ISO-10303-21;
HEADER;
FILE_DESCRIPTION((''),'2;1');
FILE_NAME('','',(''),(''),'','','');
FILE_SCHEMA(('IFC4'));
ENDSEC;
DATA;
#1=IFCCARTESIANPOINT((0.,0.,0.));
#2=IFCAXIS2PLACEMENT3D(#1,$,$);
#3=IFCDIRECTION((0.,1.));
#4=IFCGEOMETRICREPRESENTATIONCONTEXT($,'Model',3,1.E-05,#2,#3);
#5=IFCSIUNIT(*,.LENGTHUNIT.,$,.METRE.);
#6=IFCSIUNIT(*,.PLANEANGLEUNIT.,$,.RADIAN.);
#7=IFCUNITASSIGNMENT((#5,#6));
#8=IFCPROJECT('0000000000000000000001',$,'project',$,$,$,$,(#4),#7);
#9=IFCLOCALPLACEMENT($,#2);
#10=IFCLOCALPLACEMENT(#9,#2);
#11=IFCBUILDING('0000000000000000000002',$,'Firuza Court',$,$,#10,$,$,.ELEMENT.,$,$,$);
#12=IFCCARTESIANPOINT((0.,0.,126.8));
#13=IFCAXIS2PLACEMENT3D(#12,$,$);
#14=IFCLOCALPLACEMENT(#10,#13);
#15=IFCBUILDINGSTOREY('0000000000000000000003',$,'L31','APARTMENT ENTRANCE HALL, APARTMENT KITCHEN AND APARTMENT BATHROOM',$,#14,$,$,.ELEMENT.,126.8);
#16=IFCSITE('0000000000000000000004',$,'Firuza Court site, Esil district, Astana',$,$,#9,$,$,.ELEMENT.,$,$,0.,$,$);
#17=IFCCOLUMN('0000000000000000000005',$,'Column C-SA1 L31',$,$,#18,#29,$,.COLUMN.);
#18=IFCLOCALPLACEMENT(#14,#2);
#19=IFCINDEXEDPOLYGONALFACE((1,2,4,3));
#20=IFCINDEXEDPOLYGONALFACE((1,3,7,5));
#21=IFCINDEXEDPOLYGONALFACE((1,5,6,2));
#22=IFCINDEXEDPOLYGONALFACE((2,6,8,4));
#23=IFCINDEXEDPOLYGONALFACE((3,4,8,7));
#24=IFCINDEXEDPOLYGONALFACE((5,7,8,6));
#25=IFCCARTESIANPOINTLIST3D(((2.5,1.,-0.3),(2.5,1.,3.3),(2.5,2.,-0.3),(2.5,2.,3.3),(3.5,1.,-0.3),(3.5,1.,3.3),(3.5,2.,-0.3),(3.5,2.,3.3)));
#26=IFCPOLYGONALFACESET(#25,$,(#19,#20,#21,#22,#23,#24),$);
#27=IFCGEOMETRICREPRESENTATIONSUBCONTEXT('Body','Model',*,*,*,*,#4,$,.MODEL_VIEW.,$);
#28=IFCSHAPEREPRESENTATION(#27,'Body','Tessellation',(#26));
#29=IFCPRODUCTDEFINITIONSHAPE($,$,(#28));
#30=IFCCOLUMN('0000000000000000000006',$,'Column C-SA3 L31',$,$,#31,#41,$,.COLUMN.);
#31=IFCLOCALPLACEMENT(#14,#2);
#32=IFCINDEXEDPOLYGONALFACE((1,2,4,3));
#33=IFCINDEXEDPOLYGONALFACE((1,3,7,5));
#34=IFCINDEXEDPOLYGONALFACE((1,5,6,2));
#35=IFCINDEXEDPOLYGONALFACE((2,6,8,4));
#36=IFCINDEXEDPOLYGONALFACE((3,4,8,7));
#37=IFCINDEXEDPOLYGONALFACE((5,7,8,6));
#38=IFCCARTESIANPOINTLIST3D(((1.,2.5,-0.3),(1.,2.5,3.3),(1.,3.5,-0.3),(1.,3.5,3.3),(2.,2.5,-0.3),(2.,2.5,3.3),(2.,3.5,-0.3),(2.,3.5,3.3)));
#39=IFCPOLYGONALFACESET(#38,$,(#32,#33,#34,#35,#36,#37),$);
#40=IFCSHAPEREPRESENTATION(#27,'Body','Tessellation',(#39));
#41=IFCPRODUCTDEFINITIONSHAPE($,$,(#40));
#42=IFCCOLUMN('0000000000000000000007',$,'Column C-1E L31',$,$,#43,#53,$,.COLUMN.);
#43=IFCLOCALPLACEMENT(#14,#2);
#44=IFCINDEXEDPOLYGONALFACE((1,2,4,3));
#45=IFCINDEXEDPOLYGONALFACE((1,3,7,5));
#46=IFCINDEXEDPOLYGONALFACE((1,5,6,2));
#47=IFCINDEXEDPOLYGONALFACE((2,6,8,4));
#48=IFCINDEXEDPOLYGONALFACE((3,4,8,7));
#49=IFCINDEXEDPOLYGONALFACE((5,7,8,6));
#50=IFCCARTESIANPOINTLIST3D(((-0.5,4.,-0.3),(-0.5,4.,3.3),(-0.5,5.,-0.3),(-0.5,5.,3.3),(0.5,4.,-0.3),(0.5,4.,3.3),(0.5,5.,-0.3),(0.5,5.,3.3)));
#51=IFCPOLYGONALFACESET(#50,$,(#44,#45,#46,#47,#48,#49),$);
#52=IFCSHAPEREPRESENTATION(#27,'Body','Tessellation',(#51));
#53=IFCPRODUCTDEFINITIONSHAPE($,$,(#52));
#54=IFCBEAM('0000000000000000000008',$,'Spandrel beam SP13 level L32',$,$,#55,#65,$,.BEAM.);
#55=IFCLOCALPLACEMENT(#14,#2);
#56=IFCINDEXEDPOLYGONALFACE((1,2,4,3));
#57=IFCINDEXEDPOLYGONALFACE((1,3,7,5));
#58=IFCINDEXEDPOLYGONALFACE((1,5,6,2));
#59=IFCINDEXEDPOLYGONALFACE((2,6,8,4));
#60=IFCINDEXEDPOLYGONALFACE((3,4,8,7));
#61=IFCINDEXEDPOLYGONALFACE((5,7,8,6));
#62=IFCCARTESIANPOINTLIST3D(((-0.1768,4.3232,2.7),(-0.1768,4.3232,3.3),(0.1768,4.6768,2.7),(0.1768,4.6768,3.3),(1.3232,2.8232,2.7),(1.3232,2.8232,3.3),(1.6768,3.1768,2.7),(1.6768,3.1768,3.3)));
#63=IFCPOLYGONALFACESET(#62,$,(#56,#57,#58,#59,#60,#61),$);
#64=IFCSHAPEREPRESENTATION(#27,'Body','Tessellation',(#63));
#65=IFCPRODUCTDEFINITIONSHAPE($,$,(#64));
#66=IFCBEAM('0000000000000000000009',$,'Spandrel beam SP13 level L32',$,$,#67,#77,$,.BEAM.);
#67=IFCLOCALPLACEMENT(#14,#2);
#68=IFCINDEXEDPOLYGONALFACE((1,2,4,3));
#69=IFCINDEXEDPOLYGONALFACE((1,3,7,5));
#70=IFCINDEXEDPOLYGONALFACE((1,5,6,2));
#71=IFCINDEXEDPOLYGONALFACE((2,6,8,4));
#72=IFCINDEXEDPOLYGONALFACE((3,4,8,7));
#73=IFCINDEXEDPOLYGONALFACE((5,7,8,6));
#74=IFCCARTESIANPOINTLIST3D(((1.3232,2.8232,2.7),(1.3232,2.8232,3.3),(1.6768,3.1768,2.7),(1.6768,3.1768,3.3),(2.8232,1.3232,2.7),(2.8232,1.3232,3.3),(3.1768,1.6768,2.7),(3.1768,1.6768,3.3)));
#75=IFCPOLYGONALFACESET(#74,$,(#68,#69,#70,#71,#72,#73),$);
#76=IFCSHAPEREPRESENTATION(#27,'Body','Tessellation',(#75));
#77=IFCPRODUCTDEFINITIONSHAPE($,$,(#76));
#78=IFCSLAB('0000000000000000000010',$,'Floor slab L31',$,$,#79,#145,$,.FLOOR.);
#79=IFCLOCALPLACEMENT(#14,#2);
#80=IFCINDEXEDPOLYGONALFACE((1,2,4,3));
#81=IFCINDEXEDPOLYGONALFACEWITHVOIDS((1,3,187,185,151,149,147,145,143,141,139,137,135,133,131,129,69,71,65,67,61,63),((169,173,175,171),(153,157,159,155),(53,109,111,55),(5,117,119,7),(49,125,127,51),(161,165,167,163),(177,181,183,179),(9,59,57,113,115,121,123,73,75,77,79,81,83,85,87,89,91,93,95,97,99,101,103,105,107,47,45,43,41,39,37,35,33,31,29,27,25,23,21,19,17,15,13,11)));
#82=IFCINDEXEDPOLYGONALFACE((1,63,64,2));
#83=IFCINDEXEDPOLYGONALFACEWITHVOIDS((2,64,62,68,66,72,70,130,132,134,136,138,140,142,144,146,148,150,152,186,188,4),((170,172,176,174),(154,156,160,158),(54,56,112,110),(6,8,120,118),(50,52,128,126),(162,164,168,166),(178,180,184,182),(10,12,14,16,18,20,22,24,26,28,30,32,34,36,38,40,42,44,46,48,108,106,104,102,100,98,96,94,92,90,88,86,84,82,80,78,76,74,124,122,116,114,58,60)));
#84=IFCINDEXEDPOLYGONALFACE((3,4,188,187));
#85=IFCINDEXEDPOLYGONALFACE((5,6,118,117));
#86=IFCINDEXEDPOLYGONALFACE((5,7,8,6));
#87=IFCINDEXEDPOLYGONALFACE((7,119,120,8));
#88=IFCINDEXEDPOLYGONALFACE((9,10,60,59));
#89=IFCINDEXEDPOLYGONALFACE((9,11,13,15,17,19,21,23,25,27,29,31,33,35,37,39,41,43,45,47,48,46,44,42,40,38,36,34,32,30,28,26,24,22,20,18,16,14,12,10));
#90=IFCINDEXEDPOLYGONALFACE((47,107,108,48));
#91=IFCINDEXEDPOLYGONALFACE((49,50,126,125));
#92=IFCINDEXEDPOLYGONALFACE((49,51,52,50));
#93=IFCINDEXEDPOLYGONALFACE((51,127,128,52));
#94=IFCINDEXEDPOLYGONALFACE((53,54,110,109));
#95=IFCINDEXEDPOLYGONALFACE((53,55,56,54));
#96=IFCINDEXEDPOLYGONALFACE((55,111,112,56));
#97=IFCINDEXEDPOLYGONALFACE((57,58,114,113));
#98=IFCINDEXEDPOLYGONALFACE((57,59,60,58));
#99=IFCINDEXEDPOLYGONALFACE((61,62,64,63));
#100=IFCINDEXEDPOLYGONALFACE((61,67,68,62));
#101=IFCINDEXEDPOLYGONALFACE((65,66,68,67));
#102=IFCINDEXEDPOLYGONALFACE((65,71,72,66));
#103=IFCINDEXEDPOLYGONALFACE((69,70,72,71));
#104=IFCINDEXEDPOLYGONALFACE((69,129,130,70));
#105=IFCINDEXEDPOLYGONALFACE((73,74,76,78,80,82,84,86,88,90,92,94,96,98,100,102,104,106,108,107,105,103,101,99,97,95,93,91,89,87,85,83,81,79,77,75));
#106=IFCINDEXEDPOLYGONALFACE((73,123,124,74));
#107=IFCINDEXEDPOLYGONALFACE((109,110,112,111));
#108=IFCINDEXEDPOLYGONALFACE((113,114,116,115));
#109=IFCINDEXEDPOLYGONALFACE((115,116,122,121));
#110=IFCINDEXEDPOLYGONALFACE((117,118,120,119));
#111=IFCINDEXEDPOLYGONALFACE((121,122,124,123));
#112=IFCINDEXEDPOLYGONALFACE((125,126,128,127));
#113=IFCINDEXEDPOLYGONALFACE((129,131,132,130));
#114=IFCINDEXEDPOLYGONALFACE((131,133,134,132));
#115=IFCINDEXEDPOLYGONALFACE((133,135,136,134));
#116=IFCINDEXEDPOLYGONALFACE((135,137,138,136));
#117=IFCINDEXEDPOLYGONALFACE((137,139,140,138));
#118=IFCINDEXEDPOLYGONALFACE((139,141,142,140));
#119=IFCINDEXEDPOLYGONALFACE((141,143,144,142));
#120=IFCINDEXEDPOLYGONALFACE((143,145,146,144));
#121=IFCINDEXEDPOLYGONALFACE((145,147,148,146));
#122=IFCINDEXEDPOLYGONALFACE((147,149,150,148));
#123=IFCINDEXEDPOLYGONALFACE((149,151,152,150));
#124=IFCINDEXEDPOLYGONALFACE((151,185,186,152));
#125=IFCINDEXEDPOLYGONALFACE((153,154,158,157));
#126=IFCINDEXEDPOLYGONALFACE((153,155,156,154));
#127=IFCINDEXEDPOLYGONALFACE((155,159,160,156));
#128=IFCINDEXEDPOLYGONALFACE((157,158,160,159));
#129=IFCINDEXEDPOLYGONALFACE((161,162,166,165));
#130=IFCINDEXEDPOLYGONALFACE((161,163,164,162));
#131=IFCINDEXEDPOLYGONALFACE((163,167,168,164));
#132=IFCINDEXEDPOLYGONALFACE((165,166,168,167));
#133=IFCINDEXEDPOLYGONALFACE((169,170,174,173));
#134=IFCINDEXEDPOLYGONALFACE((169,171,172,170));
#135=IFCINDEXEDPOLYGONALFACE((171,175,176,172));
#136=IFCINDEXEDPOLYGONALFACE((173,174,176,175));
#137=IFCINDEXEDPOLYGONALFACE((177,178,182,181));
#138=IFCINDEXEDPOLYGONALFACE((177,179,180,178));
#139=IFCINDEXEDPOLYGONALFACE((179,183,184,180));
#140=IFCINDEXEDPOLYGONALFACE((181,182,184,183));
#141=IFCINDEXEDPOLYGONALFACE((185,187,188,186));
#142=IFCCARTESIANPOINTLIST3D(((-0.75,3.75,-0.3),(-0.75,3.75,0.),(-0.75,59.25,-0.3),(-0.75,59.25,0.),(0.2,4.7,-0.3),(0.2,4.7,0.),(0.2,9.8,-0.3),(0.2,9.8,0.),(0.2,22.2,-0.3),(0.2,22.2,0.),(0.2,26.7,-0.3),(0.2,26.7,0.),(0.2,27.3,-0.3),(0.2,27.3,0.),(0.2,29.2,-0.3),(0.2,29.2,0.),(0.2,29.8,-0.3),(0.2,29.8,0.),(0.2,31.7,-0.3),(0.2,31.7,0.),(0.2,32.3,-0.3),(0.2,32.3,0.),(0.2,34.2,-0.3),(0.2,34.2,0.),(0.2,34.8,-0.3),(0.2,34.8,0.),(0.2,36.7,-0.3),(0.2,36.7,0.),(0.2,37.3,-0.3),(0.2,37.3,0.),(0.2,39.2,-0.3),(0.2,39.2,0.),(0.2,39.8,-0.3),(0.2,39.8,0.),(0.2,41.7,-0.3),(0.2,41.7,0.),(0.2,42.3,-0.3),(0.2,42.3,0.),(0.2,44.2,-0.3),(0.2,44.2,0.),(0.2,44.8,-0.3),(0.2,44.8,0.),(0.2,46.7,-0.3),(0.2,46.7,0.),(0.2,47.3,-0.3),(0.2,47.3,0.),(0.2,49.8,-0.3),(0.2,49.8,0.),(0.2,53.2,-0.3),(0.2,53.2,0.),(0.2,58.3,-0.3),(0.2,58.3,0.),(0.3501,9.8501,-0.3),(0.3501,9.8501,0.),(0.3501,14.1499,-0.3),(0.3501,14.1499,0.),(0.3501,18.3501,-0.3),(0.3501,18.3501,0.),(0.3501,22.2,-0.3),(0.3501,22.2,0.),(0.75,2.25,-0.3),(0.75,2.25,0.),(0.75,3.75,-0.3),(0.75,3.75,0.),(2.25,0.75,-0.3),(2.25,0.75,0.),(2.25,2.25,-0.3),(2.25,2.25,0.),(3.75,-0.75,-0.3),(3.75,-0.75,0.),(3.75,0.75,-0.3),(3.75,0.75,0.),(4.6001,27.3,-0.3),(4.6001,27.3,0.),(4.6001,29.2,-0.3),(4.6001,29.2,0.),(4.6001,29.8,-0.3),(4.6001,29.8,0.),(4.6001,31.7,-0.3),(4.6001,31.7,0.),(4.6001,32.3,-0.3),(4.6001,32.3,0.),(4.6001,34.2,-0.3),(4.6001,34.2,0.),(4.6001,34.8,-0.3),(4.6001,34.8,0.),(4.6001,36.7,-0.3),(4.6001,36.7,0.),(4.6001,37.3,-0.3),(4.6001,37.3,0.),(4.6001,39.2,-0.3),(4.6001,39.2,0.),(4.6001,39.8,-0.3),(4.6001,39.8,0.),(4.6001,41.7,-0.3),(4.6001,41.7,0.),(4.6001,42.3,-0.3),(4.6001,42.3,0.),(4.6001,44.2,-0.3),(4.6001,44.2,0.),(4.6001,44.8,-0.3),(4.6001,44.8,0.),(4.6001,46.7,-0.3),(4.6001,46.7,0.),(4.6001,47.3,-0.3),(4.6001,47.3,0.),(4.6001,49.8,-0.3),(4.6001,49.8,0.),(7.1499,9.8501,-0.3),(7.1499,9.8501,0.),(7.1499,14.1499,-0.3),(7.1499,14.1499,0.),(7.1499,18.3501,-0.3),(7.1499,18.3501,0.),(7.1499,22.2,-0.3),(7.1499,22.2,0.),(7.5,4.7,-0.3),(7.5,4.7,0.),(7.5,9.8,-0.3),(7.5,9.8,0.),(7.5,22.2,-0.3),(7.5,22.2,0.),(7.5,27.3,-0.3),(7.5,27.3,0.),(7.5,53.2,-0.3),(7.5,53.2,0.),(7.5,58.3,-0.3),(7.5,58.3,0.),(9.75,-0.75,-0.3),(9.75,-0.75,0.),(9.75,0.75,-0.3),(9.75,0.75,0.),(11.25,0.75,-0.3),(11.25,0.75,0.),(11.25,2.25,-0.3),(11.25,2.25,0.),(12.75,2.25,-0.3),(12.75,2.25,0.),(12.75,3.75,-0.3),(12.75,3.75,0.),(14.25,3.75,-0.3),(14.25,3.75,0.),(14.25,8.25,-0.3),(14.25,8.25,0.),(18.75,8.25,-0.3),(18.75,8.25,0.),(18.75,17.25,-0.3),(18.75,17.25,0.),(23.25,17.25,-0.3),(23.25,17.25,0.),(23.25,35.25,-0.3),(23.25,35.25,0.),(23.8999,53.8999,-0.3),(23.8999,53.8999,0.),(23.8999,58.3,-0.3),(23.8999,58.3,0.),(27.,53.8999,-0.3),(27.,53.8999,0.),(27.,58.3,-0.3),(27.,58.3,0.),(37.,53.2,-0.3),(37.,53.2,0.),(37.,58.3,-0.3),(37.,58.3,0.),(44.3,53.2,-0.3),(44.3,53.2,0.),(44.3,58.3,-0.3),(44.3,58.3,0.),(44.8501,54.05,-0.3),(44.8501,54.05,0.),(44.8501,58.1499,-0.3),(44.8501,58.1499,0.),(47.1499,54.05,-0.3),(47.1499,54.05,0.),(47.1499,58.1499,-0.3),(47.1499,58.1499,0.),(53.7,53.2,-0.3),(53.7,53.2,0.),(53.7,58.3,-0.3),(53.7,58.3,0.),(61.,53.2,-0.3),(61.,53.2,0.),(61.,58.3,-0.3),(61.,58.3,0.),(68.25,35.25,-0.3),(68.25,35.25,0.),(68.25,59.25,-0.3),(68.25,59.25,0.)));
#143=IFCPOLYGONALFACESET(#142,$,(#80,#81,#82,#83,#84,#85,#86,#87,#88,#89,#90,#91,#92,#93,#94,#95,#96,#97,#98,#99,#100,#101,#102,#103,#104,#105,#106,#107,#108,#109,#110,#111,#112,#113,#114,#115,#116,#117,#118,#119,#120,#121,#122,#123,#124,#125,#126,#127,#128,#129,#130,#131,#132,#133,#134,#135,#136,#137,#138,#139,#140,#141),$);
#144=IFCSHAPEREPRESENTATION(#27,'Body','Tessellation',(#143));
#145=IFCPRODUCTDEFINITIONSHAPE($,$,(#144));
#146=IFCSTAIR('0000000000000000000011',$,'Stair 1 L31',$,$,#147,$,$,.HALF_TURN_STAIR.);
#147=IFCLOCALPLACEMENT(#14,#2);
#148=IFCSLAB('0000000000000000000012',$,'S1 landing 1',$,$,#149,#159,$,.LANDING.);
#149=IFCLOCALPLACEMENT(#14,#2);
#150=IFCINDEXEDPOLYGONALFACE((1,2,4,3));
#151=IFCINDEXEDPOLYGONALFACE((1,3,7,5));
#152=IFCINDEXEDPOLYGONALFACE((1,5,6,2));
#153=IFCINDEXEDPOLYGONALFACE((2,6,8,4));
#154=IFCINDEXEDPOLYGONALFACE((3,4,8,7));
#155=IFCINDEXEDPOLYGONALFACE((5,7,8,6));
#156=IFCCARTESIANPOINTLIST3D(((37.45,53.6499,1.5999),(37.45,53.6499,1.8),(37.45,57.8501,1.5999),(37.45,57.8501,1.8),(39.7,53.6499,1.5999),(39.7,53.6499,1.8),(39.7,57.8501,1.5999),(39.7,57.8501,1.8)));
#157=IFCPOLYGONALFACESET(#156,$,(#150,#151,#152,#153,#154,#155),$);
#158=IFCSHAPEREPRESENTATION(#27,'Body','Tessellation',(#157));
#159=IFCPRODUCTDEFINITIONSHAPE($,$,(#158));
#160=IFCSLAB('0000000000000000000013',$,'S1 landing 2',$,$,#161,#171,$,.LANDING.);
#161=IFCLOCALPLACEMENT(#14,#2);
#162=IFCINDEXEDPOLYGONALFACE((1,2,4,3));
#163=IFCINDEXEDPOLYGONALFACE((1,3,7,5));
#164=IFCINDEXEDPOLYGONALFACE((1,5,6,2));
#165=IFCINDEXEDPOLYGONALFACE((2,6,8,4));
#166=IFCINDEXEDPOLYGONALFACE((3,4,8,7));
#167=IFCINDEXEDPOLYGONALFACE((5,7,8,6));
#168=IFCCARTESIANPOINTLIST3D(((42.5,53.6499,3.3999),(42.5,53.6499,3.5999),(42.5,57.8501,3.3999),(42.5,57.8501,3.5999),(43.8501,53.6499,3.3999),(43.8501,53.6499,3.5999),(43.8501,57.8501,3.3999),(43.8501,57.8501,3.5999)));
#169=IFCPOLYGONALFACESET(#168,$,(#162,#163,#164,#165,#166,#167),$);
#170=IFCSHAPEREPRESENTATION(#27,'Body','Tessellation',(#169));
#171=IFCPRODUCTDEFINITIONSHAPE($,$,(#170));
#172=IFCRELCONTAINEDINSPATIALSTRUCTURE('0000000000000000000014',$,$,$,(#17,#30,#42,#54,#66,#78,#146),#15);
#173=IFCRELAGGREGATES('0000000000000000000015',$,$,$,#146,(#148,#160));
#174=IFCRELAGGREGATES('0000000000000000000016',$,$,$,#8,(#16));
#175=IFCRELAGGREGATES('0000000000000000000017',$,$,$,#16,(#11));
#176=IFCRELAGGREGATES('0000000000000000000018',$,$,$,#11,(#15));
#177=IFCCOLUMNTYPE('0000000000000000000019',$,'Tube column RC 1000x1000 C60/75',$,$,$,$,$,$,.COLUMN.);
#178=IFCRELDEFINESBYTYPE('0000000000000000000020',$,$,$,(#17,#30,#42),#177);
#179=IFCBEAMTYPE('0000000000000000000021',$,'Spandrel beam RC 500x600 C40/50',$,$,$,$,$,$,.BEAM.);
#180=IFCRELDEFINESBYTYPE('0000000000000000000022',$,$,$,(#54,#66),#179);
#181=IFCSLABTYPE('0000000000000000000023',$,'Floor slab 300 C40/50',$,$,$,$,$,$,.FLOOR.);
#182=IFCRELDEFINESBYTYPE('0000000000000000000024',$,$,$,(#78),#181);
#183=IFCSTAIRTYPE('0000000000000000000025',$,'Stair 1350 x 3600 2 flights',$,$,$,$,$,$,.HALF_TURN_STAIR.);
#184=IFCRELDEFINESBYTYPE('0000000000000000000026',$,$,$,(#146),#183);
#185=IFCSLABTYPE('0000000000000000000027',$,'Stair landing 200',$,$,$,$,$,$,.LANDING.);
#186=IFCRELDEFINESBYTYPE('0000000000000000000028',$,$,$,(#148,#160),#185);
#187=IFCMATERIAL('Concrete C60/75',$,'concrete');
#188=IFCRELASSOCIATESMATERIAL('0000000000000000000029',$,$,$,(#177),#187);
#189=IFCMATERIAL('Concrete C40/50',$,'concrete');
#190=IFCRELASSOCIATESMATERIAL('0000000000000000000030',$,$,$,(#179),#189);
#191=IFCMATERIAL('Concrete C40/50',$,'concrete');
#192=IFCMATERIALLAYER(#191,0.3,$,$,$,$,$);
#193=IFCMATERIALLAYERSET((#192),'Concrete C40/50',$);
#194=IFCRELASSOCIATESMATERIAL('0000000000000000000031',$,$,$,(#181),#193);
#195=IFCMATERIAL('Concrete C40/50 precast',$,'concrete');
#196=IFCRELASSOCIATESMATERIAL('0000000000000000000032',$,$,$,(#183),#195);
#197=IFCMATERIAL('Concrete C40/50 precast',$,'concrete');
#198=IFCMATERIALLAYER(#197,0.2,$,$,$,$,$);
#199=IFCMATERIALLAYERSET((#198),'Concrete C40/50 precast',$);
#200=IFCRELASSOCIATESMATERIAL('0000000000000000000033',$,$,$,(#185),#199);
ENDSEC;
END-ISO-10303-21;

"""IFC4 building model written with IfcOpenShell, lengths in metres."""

from ifc_helpers import new_model, si_unit, direction, frame, origin, origin_2d, place, context, subcontext, project, spatial, polyline, rectangle, outline, extrude, material, layer, layer_set, material_profile, profile_set, type_object, element, aggregate, save


model = new_model("IFC4")

# Units and contexts
model_context = context("Model", 3, precision=1e-05, world=origin(), true_north=direction((0.0, 1.0)))
body_context = subcontext(model_context, "Body", "Model", "MODEL_VIEW")
ifc_project = project(units=[si_unit("LENGTHUNIT", "METRE"), si_unit("PLANEANGLEUNIT", "RADIAN")], contexts=[model_context])

# Site, building, storey
site_placement = place(None, origin())
site = spatial("IfcSite", under=ifc_project, at=site_placement, Name="Firuza Court site, Esil district, Astana", CompositionType="ELEMENT", RefElevation=0.0)
building_placement = place(site_placement, origin())
building = spatial("IfcBuilding", under=site, at=building_placement, Name="Firuza Court", CompositionType="ELEMENT")
storey_placement = place(building_placement, frame((0.0, 0.0, 126.8)))
storey = spatial("IfcBuildingStorey", under=building, at=storey_placement, Name="L31", Description="APARTMENT ENTRANCE HALL, APARTMENT KITCHEN AND APARTMENT BATHROOM", CompositionType="ELEMENT", Elevation=126.8)

# Columns
ifc_material_1 = material(Name="Concrete C60/75", Category="concrete")
ifc_material_profile_1 = material_profile(ifc_material_1, rectangle(XDim=1.0, YDim=1.0, at=origin_2d()), Name="RC 1000x1000")
ifc_profile_set_1 = profile_set([ifc_material_profile_1], Name="Concrete C60/75")
column_type = type_object("IfcColumnType", Name="Tube column RC 1000x1000 C60/75", PredefinedType="COLUMN", material=ifc_profile_set_1)
for number, where, z_axis, x_axis, name in (
    (1, (3.0, 1.5, -0.3), (0.0, 0.0, 1.0), (1.0, 0.0, 0.0), "Column C-SA1 L31"),
    (2, (1.5, 3.0, -0.3), (0.0, 0.0, 1.0), (1.0, 0.0, 0.0), "Column C-SA3 L31"),
    (3, (0.0, 4.5, -0.3), (0.0, 0.0, 1.0), (1.0, 0.0, 0.0), "Column C-1E L31"),
):
    element("IfcColumn", number, at=place(storey_placement, frame(where, z_axis=z_axis, x_axis=x_axis)), inside=storey, type_object=column_type, Name=name, PredefinedType="COLUMN", context=body_context, shape_type="SweptSolid", body=[
        extrude(rectangle(XDim=1.0, YDim=1.0, at=origin_2d()), origin(), (0.0, 0.0, 1.0), 3.6001),
    ])

# Beams
ifc_material_2 = material(Name="Concrete C40/50", Category="concrete")
ifc_material_profile_2 = material_profile(ifc_material_2, rectangle(XDim=0.5, YDim=0.6001, at=origin_2d()), Name="RC 500x600")
ifc_profile_set_2 = profile_set([ifc_material_profile_2], Name="Concrete C40/50")
beam_type = type_object("IfcBeamType", Name="Spandrel beam RC 500x600 C40/50", PredefinedType="BEAM", material=ifc_profile_set_2)
for number, where, z_axis, x_axis, name in (
    (4, (0.0, 4.5, 3.0), (0.707107, -0.707107, 0.0), (0.707107, 0.707107, 0.0), "Spandrel beam SP13 level L32"),
    (5, (1.5, 3.0, 3.0), (0.707107, -0.707107, 0.0), (0.707107, 0.707107, 0.0), "Spandrel beam SP13 level L32"),
):
    element("IfcBeam", number, at=place(storey_placement, frame(where, z_axis=z_axis, x_axis=x_axis)), inside=storey, type_object=beam_type, Name=name, PredefinedType="BEAM", context=body_context, shape_type="SweptSolid", body=[
        extrude(rectangle(XDim=0.5, YDim=0.6001, at=origin_2d()), origin(), (0.0, 0.0, 1.0), 2.1213),
    ])

# Slab
ifc_material_3 = material(Name="Concrete C40/50", Category="concrete")
ifc_layer_1 = layer(ifc_material_3, 0.3)
ifc_layer_set_1 = layer_set([ifc_layer_1], Name="Concrete C40/50")
slab_type_1 = type_object("IfcSlabType", Name="Floor slab 300 C40/50", PredefinedType="FLOOR", material=ifc_layer_set_1)
slab_1_placement = place(storey_placement, frame((0.0, 0.0, -0.3)))
element("IfcSlab", 6, at=slab_1_placement, inside=storey, type_object=slab_type_1, Name="Floor slab L31", PredefinedType="FLOOR", context=body_context, shape_type="SweptSolid", body=[
    extrude(outline(polyline([(3.75, -0.75), (3.75, 0.75), (2.25, 0.75), (2.25, 2.25), (0.75, 2.25), (0.75, 3.75), (-0.75, 3.75), (-0.75, 59.25), (68.25, 59.25), (68.25, 35.25), (23.25, 35.25), (23.25, 17.25), (18.75, 17.25), (18.75, 8.25), (14.25, 8.25), (14.25, 3.75), (12.75, 3.75), (12.75, 2.25), (11.25, 2.25), (11.25, 0.75), (9.75, 0.75), (9.75, -0.75), (3.75, -0.75)]), holes=[polyline([(0.2, 29.8), (0.2, 29.2), (0.2, 27.3), (0.2, 26.7), (0.2, 22.2), (0.3501, 22.2), (0.3501, 18.3501), (7.1499, 18.3501), (7.1499, 22.2), (7.5, 22.2), (7.5, 27.3), (4.6001, 27.3), (4.6001, 29.2), (4.6001, 29.8), (4.6001, 31.7), (4.6001, 32.3), (4.6001, 34.2), (4.6001, 34.8), (4.6001, 36.7), (4.6001, 37.3), (4.6001, 39.2), (4.6001, 39.8), (4.6001, 41.7), (4.6001, 42.3), (4.6001, 44.2), (4.6001, 44.8), (4.6001, 46.7), (4.6001, 47.3), (4.6001, 49.8), (0.2, 49.8), (0.2, 47.3), (0.2, 46.7), (0.2, 44.8), (0.2, 44.2), (0.2, 42.3), (0.2, 41.7), (0.2, 39.8), (0.2, 39.2), (0.2, 37.3), (0.2, 36.7), (0.2, 34.8), (0.2, 34.2), (0.2, 32.3), (0.2, 31.7), (0.2, 29.8)]), polyline([(7.5, 9.8), (0.2, 9.8), (0.2, 4.7), (7.5, 4.7), (7.5, 9.8)]), polyline([(7.1499, 14.1499), (0.3501, 14.1499), (0.3501, 9.8501), (7.1499, 9.8501), (7.1499, 14.1499)]), polyline([(7.5, 58.3), (0.2, 58.3), (0.2, 53.2), (7.5, 53.2), (7.5, 58.3)]), polyline([(44.3, 58.3), (37.0, 58.3), (37.0, 53.2), (44.3, 53.2), (44.3, 58.3)]), polyline([(61.0, 58.3), (53.7, 58.3), (53.7, 53.2), (61.0, 53.2), (61.0, 58.3)]), polyline([(27.0, 53.8999), (27.0, 58.3), (23.8999, 58.3), (23.8999, 53.8999), (27.0, 53.8999)]), polyline([(47.1499, 54.05), (47.1499, 58.1499), (44.8501, 58.1499), (44.8501, 54.05), (47.1499, 54.05)])]), origin(), (0.0, 0.0, 1.0), 0.3),
])

# Stair, slabs
ifc_material_4 = material(Name="Concrete C40/50 precast", Category="concrete")
stair_type = type_object("IfcStairType", Name="Stair 1350 x 3600 2 flights", PredefinedType="HALF_TURN_STAIR", material=ifc_material_4)
stair_1_placement = place(storey_placement, origin())
stair_1 = element("IfcStair", 7, at=stair_1_placement, inside=storey, type_object=stair_type, Name="Stair 1 L31", PredefinedType="HALF_TURN_STAIR")
ifc_material_5 = material(Name="Concrete C40/50 precast", Category="concrete")
ifc_layer_2 = layer(ifc_material_5, 0.2)
ifc_layer_set_2 = layer_set([ifc_layer_2], Name="Concrete C40/50 precast")
slab_type_2 = type_object("IfcSlabType", Name="Stair landing 200", PredefinedType="LANDING", material=ifc_layer_set_2)
slab_2_placement = place(storey_placement, frame((0.0, 0.0, 1.5999)))
slab_2 = element("IfcSlab", 8, at=slab_2_placement, type_object=slab_type_2, Name="S1 landing 1", PredefinedType="LANDING", context=body_context, shape_type="SweptSolid", body=[
    extrude(outline(polyline([(39.7, 53.6499), (39.7, 57.8501), (37.45, 57.8501), (37.45, 53.6499), (39.7, 53.6499)])), origin(), (0.0, 0.0, 1.0), 0.2002),
])
slab_3_placement = place(storey_placement, frame((0.0, 0.0, 3.3999)))
slab_3 = element("IfcSlab", 9, at=slab_3_placement, type_object=slab_type_2, Name="S1 landing 2", PredefinedType="LANDING", context=body_context, shape_type="SweptSolid", body=[
    extrude(outline(polyline([(43.8501, 53.6499), (43.8501, 57.8501), (42.5, 57.8501), (42.5, 53.6499), (43.8501, 53.6499)])), origin(), (0.0, 0.0, 1.0), 0.2),
])
aggregate(stair_1, [slab_2, slab_3])

save(model, "model.ifc")
